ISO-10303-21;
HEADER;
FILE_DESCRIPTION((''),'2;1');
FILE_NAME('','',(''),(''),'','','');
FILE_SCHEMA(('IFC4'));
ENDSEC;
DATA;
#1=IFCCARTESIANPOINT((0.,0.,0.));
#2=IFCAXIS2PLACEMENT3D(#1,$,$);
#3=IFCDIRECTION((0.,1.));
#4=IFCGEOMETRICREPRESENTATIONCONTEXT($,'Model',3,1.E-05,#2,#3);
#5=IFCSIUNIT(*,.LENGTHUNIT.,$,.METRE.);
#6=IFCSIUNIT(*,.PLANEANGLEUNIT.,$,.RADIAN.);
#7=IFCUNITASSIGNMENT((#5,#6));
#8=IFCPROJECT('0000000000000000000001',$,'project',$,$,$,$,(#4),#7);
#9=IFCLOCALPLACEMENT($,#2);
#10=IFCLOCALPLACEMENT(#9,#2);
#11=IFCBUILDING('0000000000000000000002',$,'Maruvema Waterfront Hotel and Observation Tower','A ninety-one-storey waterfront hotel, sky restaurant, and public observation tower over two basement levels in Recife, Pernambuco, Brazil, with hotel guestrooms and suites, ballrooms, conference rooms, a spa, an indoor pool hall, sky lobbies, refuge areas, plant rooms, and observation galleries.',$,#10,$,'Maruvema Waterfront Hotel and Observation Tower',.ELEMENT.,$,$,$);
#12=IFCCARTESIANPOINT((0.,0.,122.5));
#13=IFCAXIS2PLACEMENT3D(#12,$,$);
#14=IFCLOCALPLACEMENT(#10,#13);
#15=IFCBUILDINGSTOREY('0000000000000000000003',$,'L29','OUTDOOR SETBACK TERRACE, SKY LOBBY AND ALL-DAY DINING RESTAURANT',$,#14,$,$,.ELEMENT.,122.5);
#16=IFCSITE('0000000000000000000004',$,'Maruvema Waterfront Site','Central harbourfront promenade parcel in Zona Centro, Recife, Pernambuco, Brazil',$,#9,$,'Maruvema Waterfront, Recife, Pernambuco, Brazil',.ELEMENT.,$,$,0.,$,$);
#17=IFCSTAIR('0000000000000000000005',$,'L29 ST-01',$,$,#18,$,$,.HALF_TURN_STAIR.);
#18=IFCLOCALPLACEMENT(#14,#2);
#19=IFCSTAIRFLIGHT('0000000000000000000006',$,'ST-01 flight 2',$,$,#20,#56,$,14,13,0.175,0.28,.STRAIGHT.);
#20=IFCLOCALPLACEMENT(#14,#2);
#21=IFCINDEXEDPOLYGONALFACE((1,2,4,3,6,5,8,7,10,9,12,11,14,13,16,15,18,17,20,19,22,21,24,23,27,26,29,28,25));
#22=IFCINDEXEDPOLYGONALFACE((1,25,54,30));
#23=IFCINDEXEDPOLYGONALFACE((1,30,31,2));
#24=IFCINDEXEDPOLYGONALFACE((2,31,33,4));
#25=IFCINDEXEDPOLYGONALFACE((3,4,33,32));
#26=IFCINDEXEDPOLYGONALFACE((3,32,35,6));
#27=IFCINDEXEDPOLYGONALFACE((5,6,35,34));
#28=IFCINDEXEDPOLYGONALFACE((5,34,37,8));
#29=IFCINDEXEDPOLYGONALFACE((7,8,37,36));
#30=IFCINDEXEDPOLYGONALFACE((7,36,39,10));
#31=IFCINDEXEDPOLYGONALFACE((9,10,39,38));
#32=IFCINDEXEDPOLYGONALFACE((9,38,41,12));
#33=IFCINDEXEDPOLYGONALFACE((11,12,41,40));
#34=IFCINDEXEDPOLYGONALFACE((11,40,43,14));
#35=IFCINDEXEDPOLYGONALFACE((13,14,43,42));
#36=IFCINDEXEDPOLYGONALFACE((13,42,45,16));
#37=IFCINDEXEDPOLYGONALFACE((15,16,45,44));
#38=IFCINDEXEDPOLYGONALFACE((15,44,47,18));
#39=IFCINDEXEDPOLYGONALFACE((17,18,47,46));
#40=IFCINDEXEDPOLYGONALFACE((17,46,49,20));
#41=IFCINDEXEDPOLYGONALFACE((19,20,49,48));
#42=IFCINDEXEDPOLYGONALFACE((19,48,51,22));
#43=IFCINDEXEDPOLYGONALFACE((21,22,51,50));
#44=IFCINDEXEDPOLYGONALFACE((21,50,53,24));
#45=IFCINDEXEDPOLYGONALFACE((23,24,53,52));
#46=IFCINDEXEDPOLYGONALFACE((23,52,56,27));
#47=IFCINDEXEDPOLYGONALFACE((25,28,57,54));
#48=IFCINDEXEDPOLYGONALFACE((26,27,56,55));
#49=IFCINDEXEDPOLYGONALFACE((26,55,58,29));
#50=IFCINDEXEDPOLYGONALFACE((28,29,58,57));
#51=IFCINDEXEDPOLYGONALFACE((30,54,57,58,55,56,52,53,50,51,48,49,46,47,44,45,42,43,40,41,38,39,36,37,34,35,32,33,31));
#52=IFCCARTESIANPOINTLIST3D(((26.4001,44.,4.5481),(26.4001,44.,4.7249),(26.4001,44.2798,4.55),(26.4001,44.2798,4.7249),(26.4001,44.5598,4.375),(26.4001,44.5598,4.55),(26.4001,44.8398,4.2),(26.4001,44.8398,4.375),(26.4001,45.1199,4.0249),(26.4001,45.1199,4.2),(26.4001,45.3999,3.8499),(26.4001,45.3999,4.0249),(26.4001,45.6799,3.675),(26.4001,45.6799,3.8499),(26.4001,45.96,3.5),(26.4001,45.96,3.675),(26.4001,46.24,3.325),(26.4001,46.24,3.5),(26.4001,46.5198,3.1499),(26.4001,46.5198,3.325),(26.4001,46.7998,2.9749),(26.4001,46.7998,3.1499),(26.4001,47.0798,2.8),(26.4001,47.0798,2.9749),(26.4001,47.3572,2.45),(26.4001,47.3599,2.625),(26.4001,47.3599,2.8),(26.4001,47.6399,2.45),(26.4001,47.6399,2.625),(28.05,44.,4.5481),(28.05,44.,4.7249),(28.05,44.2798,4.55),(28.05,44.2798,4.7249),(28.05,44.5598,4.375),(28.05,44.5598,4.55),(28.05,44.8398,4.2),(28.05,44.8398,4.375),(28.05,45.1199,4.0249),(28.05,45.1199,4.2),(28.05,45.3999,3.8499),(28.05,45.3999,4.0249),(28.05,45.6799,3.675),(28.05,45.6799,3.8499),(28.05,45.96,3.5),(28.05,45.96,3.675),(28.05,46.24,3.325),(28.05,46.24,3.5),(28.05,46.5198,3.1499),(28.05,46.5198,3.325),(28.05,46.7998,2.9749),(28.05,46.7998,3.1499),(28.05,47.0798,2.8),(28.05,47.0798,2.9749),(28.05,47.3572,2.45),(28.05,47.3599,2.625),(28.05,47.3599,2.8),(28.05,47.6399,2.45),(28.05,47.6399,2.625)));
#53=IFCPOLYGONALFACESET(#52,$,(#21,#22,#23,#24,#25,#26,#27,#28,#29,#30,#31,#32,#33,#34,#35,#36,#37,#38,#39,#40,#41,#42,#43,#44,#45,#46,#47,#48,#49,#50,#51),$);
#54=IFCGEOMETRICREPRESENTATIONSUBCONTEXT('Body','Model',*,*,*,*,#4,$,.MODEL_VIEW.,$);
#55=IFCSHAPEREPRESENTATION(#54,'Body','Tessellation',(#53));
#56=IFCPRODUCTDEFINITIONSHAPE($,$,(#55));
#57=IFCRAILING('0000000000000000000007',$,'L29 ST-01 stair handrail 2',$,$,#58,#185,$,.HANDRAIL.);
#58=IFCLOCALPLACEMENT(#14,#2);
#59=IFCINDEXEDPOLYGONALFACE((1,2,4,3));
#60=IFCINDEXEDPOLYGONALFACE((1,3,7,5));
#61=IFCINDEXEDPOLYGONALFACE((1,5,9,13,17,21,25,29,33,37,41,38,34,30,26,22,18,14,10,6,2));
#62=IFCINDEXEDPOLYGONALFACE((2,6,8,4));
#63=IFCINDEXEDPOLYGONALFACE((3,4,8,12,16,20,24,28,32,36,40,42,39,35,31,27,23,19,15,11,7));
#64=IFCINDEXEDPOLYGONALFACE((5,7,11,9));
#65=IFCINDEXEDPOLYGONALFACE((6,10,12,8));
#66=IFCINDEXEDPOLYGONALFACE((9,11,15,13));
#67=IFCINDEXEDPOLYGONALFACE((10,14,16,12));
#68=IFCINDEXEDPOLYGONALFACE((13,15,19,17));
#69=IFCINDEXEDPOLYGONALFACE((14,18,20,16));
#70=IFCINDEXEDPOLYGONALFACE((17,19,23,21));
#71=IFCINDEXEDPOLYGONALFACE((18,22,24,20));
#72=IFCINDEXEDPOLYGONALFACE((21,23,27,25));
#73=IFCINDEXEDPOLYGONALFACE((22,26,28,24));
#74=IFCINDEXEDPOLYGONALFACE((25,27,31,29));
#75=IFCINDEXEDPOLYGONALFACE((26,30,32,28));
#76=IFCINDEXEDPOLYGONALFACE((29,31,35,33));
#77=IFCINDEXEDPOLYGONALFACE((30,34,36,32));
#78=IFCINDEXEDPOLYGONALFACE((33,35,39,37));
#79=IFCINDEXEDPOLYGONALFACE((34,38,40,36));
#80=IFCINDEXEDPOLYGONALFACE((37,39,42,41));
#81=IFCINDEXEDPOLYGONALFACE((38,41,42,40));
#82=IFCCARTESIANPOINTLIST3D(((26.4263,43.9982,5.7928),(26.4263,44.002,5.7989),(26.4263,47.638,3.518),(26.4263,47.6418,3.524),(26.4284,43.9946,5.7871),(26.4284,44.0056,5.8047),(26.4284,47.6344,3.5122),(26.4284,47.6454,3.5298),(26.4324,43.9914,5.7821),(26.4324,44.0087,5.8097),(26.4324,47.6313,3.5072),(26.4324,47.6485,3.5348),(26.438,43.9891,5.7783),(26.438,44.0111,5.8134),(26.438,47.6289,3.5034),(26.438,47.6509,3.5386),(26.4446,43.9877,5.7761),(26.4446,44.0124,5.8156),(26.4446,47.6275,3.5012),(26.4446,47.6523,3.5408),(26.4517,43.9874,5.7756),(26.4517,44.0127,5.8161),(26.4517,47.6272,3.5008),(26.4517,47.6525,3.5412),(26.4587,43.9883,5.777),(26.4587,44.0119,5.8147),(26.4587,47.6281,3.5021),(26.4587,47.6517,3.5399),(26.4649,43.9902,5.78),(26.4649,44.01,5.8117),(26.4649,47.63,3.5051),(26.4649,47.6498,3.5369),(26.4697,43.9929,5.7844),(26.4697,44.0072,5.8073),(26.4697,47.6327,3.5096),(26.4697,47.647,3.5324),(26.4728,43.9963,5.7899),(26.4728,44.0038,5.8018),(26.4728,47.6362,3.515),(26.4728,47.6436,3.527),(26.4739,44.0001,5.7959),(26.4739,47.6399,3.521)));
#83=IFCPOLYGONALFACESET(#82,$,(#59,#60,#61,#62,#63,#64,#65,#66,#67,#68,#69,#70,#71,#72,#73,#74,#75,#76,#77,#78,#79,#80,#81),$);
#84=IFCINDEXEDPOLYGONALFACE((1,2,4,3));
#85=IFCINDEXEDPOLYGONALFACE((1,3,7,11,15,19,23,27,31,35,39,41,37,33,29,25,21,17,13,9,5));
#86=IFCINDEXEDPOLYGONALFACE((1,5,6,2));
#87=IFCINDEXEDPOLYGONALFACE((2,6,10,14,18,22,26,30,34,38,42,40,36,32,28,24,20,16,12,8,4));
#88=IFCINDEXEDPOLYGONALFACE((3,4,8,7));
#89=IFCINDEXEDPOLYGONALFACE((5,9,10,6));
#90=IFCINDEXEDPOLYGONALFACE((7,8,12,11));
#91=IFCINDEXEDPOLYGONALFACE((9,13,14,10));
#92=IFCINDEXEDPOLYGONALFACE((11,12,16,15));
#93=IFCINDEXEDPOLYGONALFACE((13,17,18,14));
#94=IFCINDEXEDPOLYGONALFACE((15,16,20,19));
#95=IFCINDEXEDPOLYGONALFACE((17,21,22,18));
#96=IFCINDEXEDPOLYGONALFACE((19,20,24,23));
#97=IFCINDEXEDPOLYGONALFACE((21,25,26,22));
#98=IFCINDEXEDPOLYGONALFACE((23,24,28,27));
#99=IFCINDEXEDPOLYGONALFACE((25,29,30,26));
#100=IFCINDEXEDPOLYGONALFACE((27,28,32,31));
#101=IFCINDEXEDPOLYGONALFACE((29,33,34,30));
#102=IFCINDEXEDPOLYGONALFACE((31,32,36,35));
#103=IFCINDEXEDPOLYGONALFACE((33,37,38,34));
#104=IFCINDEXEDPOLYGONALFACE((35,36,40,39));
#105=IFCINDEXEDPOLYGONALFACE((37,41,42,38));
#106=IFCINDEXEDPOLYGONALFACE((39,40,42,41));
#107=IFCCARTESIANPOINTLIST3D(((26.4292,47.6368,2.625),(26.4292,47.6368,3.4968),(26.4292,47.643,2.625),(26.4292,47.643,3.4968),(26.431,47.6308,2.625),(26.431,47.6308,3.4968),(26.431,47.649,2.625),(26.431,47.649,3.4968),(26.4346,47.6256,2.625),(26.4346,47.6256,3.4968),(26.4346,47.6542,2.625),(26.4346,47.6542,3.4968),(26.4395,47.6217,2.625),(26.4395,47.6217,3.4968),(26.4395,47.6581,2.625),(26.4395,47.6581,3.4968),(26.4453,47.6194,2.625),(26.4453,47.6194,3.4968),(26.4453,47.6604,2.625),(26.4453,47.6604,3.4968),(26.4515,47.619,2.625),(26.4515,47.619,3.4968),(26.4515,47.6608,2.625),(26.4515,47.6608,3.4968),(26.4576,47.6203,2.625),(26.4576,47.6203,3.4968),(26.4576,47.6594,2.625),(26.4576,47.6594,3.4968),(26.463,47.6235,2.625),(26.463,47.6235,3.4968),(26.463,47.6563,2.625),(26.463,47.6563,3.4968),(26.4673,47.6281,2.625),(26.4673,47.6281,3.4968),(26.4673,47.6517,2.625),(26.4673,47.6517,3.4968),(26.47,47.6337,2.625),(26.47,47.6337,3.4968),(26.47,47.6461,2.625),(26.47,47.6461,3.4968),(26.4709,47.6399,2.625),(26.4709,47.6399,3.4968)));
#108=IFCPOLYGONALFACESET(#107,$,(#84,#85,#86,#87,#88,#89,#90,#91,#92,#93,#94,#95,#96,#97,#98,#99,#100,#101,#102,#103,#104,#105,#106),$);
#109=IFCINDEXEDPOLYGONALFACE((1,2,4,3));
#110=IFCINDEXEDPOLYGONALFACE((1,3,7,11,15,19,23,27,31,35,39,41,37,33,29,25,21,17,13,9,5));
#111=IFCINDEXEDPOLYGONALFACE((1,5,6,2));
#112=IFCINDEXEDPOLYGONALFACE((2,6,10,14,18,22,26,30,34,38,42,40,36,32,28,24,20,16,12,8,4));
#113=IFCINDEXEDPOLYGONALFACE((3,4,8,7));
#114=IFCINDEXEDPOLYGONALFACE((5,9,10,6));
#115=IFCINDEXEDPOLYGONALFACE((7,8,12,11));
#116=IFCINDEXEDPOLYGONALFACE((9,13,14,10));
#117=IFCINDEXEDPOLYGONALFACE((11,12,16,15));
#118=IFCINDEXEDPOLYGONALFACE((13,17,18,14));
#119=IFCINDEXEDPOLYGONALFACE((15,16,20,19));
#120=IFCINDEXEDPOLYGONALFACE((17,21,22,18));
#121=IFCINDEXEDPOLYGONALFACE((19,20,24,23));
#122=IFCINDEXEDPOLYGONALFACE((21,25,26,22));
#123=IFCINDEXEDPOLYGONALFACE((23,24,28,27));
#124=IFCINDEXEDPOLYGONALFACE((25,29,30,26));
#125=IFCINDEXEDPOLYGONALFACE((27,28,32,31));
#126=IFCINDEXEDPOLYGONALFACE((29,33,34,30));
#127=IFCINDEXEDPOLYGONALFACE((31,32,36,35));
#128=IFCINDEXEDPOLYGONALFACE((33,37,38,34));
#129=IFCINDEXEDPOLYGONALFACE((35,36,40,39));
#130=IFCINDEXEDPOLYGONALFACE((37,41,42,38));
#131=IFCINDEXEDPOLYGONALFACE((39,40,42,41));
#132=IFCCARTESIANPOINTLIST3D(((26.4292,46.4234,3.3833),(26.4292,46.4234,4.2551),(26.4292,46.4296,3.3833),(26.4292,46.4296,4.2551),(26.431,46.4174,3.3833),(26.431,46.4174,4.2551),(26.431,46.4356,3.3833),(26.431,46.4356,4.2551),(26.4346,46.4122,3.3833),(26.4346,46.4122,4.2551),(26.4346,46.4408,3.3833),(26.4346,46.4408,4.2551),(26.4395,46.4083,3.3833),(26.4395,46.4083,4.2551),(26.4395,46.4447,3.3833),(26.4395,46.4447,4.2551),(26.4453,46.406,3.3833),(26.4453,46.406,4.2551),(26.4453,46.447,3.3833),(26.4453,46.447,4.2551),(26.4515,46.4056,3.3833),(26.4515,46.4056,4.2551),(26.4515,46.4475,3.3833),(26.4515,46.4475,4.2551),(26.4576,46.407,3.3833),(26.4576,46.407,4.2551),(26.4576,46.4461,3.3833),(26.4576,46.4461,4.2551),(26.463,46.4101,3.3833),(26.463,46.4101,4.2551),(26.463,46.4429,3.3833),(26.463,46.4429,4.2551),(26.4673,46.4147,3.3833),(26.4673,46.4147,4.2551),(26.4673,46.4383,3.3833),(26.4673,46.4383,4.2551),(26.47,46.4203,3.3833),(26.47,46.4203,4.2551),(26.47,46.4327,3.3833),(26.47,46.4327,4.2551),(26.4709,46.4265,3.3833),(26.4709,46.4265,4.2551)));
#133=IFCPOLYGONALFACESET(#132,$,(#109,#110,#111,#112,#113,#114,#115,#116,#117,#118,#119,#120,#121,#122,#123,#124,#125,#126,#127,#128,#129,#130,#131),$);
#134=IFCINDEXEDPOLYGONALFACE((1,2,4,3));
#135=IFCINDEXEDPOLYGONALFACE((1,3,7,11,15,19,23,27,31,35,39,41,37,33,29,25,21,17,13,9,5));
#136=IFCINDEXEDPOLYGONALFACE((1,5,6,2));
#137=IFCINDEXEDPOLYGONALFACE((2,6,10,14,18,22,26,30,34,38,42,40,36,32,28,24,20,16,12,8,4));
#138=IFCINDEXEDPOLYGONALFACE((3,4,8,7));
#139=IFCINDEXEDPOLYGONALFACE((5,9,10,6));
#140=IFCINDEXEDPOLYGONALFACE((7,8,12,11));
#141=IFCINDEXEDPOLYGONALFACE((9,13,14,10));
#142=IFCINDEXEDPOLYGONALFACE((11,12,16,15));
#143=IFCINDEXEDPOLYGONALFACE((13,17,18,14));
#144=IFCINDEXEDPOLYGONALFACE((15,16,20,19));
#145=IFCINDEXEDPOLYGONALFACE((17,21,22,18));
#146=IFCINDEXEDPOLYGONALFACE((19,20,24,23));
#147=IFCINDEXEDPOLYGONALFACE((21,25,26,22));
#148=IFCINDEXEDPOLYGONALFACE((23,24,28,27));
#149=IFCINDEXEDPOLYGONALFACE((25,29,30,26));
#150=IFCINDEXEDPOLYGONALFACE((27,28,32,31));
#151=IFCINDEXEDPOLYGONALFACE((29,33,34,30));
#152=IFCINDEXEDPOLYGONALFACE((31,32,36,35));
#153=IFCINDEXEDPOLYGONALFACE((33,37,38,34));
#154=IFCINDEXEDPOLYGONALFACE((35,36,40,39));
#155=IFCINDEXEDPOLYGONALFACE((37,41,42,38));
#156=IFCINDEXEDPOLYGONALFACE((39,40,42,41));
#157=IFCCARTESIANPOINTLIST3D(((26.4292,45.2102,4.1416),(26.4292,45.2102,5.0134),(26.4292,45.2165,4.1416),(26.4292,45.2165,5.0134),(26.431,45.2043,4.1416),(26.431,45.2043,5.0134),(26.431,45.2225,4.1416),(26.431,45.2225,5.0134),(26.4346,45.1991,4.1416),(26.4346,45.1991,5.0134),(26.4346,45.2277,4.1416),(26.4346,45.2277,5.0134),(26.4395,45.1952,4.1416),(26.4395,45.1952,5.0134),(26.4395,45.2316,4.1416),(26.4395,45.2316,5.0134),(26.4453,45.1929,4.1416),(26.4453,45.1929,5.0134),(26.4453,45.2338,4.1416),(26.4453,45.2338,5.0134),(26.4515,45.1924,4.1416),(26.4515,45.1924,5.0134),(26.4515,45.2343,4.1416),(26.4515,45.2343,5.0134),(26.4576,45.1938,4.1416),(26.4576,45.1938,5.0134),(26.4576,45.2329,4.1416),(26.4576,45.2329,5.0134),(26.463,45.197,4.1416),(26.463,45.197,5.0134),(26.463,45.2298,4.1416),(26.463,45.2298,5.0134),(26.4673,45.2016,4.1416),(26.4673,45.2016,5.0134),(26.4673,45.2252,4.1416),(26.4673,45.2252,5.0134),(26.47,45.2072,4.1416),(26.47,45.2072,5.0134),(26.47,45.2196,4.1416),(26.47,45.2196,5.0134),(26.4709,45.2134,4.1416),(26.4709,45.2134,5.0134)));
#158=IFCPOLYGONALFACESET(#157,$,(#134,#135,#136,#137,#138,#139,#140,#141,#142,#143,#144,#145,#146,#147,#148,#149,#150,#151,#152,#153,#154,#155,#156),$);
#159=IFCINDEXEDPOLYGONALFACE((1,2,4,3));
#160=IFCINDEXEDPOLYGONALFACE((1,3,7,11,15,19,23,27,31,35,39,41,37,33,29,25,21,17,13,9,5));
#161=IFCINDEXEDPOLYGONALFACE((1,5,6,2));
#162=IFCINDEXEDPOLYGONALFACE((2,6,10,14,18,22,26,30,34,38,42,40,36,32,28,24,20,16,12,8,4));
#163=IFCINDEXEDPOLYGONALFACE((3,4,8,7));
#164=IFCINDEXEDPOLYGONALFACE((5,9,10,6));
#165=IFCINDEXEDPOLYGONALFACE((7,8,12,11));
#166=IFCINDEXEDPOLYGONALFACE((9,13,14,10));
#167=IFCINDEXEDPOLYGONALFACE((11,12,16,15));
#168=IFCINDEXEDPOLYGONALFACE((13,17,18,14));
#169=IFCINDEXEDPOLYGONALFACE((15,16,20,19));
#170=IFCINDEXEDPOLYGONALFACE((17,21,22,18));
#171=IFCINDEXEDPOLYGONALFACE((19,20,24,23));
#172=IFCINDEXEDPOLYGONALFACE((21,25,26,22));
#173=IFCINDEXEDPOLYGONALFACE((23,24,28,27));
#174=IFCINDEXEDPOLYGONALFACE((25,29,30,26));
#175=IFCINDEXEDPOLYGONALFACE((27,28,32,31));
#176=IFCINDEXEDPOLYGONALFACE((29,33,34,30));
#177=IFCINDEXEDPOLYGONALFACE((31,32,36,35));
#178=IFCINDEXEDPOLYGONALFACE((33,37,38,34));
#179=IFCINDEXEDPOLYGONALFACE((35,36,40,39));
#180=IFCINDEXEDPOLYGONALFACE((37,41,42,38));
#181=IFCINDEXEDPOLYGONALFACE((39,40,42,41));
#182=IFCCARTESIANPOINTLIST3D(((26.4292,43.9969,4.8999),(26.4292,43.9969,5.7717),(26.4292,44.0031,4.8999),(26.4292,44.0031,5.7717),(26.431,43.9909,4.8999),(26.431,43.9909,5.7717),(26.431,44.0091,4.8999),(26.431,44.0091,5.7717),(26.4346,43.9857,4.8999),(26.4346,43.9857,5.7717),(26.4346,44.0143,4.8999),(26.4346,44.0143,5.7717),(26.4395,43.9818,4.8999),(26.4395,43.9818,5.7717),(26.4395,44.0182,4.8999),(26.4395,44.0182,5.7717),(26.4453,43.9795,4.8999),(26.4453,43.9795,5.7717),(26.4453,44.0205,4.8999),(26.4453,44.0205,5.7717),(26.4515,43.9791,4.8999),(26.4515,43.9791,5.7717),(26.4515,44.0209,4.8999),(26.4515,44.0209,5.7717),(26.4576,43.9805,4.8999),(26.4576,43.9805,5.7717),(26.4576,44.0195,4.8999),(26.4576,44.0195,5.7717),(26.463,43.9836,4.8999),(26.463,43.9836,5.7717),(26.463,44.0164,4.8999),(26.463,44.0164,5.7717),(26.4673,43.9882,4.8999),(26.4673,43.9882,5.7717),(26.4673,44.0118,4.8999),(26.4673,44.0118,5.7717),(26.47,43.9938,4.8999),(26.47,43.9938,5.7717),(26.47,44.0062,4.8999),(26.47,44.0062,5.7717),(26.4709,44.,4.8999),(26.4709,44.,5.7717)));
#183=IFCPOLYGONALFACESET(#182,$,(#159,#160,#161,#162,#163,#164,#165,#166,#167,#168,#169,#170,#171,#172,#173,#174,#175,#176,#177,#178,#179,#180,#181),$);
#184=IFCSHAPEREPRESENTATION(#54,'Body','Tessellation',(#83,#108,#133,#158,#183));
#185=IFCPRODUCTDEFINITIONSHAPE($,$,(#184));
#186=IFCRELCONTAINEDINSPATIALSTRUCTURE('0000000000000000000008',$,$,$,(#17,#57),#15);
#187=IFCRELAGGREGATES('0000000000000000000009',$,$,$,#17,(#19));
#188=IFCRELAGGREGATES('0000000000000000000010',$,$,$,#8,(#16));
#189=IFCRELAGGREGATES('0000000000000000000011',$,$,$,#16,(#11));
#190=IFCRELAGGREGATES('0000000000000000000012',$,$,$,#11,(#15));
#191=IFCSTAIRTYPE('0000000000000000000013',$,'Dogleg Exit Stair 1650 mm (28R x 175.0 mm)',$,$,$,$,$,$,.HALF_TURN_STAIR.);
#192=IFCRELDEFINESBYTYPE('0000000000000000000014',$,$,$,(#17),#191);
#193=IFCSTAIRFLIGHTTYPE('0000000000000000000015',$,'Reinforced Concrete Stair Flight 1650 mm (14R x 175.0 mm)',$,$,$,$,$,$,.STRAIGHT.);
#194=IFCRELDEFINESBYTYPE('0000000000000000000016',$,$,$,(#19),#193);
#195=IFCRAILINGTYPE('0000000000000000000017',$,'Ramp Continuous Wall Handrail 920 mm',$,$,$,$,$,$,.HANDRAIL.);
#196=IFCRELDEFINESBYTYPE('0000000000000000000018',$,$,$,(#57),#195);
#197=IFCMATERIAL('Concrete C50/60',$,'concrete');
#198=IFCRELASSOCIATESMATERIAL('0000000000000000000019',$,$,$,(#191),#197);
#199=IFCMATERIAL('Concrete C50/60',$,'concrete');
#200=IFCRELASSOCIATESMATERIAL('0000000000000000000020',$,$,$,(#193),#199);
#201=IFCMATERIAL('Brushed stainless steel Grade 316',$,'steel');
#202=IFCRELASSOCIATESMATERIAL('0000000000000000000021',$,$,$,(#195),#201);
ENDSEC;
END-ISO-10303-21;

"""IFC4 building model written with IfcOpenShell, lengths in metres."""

from ifc_helpers import new_model, si_unit, direction, frame, origin, origin_2d, place, context, subcontext, project, spatial, polyline, circle, outline, extrude, material, type_object, element, aggregate, save


model = new_model("IFC4")

# Units and contexts
model_context = context("Model", 3, precision=1e-05, world=origin(), true_north=direction((0.0, 1.0)))
body_context = subcontext(model_context, "Body", "Model", "MODEL_VIEW")
ifc_project = project(units=[si_unit("LENGTHUNIT", "METRE"), si_unit("PLANEANGLEUNIT", "RADIAN")], contexts=[model_context])

# Site, building, storey
site_placement = place(None, origin())
site = spatial("IfcSite", under=ifc_project, at=site_placement, Name="Maruvema Waterfront Site", Description="Central harbourfront promenade parcel in Zona Centro, Recife, Pernambuco, Brazil", LongName="Maruvema Waterfront, Recife, Pernambuco, Brazil", CompositionType="ELEMENT", RefElevation=0.0)
building_placement = place(site_placement, origin())
building = spatial("IfcBuilding", under=site, at=building_placement, Name="Maruvema Waterfront Hotel and Observation Tower", Description="A ninety-one-storey waterfront hotel, sky restaurant, and public observation tower over two basement levels in Recife, Pernambuco, Brazil, with hotel guestrooms and suites, ballrooms, conference rooms, a spa, an indoor pool hall, sky lobbies, refuge areas, plant rooms, and observation galleries.", LongName="Maruvema Waterfront Hotel and Observation Tower", CompositionType="ELEMENT")
storey_placement = place(building_placement, frame((0.0, 0.0, 122.5)))
storey = spatial("IfcBuildingStorey", under=building, at=storey_placement, Name="L29", Description="OUTDOOR SETBACK TERRACE, SKY LOBBY AND ALL-DAY DINING RESTAURANT", CompositionType="ELEMENT", Elevation=122.5)

# Stair, stair flight
ifc_material_1 = material(Name="Concrete C50/60", Category="concrete")
stair_type = type_object("IfcStairType", Name="Dogleg Exit Stair 1650 mm (28R x 175.0 mm)", PredefinedType="HALF_TURN_STAIR", material=ifc_material_1)
stair_placement = place(storey_placement, origin())
stair = element("IfcStair", 1, at=stair_placement, inside=storey, type_object=stair_type, Name="L29 ST-01", PredefinedType="HALF_TURN_STAIR")
ifc_material_2 = material(Name="Concrete C50/60", Category="concrete")
stair_flight_type = type_object("IfcStairFlightType", Name="Reinforced Concrete Stair Flight 1650 mm (14R x 175.0 mm)", PredefinedType="STRAIGHT", material=ifc_material_2)
stair_flight_placement = place(storey_placement, frame((27.2251, 47.6399, 2.45), z_axis=(0.0, 0.0, 1.0), x_axis=(0.0, -1.0, 0.0)))
stair_flight = element("IfcStairFlight", 2, at=stair_flight_placement, type_object=stair_flight_type, Name="ST-01 flight 2", NumberOfRisers=14, NumberOfTreads=13, PredefinedType="STRAIGHT", RiserHeight=0.175, TreadLength=0.28, context=body_context, shape_type="SweptSolid", body=[
    extrude(outline(polyline([(0.0, 0.0), (0.0, 0.175), (0.28, 0.175), (0.28, 0.3501), (0.5601, 0.3501), (0.5601, 0.5249), (0.8401, 0.5249), (0.8401, 0.7), (1.1201, 0.7), (1.1201, 0.875), (1.3999, 0.875), (1.3999, 1.05), (1.6799, 1.05), (1.6799, 1.2251), (1.96, 1.2251), (1.96, 1.3999), (2.24, 1.3999), (2.24, 1.575), (2.52, 1.575), (2.52, 1.75), (2.8, 1.75), (2.8, 1.925), (3.0801, 1.925), (3.0801, 2.1001), (3.3601, 2.1001), (3.3601, 2.2749), (3.6399, 2.2749), (3.6399, 2.45), (3.6399, 2.0981), (0.2827, 0.0), (0.0, 0.0)])), frame((0.0, 0.825, 0.0), z_axis=(0.0, -1.0, 0.0), x_axis=(1.0, 0.0, 0.0)), (0.0, 0.0, 1.0), 1.6499),
])
aggregate(stair, [stair_flight])

# Railing
ifc_material_3 = material(Name="Brushed stainless steel Grade 316", Category="steel")
railing_type_1 = type_object("IfcRailingType", Name="Ramp Continuous Wall Handrail 920 mm", PredefinedType="HANDRAIL", material=ifc_material_3)
railing_1_placement = place(storey_placement, frame((26.45, 47.6399, 2.625)))
element("IfcRailing", 3, at=railing_1_placement, inside=storey, type_object=railing_type_1, Name="L29 ST-01 stair handrail 2", PredefinedType="HANDRAIL", context=body_context, shape_type="SweptSolid", body=[
    extrude(circle(Radius=0.0239, at=origin_2d()), frame((0.0, 0.0, 0.896), z_axis=(0.0, -0.848001, 0.529994), x_axis=(1.0, 0.0, 0.0)), (0.0, 0.0, 1.0), 4.2922),
    extrude(circle(Radius=0.021, at=origin_2d()), origin(), (0.0, 0.0, 1.0), 0.8718),
    extrude(circle(Radius=0.021, at=origin_2d()), frame((0.0, -1.2134, 0.7583)), (0.0, 0.0, 1.0), 0.8718),
    extrude(circle(Radius=0.021, at=origin_2d()), frame((0.0, -2.4265, 1.5166)), (0.0, 0.0, 1.0), 0.8718),
    extrude(circle(Radius=0.021, at=origin_2d()), frame((0.0, -3.6399, 2.2749)), (0.0, 0.0, 1.0), 0.8718),
])

save(model, "model.ifc")
